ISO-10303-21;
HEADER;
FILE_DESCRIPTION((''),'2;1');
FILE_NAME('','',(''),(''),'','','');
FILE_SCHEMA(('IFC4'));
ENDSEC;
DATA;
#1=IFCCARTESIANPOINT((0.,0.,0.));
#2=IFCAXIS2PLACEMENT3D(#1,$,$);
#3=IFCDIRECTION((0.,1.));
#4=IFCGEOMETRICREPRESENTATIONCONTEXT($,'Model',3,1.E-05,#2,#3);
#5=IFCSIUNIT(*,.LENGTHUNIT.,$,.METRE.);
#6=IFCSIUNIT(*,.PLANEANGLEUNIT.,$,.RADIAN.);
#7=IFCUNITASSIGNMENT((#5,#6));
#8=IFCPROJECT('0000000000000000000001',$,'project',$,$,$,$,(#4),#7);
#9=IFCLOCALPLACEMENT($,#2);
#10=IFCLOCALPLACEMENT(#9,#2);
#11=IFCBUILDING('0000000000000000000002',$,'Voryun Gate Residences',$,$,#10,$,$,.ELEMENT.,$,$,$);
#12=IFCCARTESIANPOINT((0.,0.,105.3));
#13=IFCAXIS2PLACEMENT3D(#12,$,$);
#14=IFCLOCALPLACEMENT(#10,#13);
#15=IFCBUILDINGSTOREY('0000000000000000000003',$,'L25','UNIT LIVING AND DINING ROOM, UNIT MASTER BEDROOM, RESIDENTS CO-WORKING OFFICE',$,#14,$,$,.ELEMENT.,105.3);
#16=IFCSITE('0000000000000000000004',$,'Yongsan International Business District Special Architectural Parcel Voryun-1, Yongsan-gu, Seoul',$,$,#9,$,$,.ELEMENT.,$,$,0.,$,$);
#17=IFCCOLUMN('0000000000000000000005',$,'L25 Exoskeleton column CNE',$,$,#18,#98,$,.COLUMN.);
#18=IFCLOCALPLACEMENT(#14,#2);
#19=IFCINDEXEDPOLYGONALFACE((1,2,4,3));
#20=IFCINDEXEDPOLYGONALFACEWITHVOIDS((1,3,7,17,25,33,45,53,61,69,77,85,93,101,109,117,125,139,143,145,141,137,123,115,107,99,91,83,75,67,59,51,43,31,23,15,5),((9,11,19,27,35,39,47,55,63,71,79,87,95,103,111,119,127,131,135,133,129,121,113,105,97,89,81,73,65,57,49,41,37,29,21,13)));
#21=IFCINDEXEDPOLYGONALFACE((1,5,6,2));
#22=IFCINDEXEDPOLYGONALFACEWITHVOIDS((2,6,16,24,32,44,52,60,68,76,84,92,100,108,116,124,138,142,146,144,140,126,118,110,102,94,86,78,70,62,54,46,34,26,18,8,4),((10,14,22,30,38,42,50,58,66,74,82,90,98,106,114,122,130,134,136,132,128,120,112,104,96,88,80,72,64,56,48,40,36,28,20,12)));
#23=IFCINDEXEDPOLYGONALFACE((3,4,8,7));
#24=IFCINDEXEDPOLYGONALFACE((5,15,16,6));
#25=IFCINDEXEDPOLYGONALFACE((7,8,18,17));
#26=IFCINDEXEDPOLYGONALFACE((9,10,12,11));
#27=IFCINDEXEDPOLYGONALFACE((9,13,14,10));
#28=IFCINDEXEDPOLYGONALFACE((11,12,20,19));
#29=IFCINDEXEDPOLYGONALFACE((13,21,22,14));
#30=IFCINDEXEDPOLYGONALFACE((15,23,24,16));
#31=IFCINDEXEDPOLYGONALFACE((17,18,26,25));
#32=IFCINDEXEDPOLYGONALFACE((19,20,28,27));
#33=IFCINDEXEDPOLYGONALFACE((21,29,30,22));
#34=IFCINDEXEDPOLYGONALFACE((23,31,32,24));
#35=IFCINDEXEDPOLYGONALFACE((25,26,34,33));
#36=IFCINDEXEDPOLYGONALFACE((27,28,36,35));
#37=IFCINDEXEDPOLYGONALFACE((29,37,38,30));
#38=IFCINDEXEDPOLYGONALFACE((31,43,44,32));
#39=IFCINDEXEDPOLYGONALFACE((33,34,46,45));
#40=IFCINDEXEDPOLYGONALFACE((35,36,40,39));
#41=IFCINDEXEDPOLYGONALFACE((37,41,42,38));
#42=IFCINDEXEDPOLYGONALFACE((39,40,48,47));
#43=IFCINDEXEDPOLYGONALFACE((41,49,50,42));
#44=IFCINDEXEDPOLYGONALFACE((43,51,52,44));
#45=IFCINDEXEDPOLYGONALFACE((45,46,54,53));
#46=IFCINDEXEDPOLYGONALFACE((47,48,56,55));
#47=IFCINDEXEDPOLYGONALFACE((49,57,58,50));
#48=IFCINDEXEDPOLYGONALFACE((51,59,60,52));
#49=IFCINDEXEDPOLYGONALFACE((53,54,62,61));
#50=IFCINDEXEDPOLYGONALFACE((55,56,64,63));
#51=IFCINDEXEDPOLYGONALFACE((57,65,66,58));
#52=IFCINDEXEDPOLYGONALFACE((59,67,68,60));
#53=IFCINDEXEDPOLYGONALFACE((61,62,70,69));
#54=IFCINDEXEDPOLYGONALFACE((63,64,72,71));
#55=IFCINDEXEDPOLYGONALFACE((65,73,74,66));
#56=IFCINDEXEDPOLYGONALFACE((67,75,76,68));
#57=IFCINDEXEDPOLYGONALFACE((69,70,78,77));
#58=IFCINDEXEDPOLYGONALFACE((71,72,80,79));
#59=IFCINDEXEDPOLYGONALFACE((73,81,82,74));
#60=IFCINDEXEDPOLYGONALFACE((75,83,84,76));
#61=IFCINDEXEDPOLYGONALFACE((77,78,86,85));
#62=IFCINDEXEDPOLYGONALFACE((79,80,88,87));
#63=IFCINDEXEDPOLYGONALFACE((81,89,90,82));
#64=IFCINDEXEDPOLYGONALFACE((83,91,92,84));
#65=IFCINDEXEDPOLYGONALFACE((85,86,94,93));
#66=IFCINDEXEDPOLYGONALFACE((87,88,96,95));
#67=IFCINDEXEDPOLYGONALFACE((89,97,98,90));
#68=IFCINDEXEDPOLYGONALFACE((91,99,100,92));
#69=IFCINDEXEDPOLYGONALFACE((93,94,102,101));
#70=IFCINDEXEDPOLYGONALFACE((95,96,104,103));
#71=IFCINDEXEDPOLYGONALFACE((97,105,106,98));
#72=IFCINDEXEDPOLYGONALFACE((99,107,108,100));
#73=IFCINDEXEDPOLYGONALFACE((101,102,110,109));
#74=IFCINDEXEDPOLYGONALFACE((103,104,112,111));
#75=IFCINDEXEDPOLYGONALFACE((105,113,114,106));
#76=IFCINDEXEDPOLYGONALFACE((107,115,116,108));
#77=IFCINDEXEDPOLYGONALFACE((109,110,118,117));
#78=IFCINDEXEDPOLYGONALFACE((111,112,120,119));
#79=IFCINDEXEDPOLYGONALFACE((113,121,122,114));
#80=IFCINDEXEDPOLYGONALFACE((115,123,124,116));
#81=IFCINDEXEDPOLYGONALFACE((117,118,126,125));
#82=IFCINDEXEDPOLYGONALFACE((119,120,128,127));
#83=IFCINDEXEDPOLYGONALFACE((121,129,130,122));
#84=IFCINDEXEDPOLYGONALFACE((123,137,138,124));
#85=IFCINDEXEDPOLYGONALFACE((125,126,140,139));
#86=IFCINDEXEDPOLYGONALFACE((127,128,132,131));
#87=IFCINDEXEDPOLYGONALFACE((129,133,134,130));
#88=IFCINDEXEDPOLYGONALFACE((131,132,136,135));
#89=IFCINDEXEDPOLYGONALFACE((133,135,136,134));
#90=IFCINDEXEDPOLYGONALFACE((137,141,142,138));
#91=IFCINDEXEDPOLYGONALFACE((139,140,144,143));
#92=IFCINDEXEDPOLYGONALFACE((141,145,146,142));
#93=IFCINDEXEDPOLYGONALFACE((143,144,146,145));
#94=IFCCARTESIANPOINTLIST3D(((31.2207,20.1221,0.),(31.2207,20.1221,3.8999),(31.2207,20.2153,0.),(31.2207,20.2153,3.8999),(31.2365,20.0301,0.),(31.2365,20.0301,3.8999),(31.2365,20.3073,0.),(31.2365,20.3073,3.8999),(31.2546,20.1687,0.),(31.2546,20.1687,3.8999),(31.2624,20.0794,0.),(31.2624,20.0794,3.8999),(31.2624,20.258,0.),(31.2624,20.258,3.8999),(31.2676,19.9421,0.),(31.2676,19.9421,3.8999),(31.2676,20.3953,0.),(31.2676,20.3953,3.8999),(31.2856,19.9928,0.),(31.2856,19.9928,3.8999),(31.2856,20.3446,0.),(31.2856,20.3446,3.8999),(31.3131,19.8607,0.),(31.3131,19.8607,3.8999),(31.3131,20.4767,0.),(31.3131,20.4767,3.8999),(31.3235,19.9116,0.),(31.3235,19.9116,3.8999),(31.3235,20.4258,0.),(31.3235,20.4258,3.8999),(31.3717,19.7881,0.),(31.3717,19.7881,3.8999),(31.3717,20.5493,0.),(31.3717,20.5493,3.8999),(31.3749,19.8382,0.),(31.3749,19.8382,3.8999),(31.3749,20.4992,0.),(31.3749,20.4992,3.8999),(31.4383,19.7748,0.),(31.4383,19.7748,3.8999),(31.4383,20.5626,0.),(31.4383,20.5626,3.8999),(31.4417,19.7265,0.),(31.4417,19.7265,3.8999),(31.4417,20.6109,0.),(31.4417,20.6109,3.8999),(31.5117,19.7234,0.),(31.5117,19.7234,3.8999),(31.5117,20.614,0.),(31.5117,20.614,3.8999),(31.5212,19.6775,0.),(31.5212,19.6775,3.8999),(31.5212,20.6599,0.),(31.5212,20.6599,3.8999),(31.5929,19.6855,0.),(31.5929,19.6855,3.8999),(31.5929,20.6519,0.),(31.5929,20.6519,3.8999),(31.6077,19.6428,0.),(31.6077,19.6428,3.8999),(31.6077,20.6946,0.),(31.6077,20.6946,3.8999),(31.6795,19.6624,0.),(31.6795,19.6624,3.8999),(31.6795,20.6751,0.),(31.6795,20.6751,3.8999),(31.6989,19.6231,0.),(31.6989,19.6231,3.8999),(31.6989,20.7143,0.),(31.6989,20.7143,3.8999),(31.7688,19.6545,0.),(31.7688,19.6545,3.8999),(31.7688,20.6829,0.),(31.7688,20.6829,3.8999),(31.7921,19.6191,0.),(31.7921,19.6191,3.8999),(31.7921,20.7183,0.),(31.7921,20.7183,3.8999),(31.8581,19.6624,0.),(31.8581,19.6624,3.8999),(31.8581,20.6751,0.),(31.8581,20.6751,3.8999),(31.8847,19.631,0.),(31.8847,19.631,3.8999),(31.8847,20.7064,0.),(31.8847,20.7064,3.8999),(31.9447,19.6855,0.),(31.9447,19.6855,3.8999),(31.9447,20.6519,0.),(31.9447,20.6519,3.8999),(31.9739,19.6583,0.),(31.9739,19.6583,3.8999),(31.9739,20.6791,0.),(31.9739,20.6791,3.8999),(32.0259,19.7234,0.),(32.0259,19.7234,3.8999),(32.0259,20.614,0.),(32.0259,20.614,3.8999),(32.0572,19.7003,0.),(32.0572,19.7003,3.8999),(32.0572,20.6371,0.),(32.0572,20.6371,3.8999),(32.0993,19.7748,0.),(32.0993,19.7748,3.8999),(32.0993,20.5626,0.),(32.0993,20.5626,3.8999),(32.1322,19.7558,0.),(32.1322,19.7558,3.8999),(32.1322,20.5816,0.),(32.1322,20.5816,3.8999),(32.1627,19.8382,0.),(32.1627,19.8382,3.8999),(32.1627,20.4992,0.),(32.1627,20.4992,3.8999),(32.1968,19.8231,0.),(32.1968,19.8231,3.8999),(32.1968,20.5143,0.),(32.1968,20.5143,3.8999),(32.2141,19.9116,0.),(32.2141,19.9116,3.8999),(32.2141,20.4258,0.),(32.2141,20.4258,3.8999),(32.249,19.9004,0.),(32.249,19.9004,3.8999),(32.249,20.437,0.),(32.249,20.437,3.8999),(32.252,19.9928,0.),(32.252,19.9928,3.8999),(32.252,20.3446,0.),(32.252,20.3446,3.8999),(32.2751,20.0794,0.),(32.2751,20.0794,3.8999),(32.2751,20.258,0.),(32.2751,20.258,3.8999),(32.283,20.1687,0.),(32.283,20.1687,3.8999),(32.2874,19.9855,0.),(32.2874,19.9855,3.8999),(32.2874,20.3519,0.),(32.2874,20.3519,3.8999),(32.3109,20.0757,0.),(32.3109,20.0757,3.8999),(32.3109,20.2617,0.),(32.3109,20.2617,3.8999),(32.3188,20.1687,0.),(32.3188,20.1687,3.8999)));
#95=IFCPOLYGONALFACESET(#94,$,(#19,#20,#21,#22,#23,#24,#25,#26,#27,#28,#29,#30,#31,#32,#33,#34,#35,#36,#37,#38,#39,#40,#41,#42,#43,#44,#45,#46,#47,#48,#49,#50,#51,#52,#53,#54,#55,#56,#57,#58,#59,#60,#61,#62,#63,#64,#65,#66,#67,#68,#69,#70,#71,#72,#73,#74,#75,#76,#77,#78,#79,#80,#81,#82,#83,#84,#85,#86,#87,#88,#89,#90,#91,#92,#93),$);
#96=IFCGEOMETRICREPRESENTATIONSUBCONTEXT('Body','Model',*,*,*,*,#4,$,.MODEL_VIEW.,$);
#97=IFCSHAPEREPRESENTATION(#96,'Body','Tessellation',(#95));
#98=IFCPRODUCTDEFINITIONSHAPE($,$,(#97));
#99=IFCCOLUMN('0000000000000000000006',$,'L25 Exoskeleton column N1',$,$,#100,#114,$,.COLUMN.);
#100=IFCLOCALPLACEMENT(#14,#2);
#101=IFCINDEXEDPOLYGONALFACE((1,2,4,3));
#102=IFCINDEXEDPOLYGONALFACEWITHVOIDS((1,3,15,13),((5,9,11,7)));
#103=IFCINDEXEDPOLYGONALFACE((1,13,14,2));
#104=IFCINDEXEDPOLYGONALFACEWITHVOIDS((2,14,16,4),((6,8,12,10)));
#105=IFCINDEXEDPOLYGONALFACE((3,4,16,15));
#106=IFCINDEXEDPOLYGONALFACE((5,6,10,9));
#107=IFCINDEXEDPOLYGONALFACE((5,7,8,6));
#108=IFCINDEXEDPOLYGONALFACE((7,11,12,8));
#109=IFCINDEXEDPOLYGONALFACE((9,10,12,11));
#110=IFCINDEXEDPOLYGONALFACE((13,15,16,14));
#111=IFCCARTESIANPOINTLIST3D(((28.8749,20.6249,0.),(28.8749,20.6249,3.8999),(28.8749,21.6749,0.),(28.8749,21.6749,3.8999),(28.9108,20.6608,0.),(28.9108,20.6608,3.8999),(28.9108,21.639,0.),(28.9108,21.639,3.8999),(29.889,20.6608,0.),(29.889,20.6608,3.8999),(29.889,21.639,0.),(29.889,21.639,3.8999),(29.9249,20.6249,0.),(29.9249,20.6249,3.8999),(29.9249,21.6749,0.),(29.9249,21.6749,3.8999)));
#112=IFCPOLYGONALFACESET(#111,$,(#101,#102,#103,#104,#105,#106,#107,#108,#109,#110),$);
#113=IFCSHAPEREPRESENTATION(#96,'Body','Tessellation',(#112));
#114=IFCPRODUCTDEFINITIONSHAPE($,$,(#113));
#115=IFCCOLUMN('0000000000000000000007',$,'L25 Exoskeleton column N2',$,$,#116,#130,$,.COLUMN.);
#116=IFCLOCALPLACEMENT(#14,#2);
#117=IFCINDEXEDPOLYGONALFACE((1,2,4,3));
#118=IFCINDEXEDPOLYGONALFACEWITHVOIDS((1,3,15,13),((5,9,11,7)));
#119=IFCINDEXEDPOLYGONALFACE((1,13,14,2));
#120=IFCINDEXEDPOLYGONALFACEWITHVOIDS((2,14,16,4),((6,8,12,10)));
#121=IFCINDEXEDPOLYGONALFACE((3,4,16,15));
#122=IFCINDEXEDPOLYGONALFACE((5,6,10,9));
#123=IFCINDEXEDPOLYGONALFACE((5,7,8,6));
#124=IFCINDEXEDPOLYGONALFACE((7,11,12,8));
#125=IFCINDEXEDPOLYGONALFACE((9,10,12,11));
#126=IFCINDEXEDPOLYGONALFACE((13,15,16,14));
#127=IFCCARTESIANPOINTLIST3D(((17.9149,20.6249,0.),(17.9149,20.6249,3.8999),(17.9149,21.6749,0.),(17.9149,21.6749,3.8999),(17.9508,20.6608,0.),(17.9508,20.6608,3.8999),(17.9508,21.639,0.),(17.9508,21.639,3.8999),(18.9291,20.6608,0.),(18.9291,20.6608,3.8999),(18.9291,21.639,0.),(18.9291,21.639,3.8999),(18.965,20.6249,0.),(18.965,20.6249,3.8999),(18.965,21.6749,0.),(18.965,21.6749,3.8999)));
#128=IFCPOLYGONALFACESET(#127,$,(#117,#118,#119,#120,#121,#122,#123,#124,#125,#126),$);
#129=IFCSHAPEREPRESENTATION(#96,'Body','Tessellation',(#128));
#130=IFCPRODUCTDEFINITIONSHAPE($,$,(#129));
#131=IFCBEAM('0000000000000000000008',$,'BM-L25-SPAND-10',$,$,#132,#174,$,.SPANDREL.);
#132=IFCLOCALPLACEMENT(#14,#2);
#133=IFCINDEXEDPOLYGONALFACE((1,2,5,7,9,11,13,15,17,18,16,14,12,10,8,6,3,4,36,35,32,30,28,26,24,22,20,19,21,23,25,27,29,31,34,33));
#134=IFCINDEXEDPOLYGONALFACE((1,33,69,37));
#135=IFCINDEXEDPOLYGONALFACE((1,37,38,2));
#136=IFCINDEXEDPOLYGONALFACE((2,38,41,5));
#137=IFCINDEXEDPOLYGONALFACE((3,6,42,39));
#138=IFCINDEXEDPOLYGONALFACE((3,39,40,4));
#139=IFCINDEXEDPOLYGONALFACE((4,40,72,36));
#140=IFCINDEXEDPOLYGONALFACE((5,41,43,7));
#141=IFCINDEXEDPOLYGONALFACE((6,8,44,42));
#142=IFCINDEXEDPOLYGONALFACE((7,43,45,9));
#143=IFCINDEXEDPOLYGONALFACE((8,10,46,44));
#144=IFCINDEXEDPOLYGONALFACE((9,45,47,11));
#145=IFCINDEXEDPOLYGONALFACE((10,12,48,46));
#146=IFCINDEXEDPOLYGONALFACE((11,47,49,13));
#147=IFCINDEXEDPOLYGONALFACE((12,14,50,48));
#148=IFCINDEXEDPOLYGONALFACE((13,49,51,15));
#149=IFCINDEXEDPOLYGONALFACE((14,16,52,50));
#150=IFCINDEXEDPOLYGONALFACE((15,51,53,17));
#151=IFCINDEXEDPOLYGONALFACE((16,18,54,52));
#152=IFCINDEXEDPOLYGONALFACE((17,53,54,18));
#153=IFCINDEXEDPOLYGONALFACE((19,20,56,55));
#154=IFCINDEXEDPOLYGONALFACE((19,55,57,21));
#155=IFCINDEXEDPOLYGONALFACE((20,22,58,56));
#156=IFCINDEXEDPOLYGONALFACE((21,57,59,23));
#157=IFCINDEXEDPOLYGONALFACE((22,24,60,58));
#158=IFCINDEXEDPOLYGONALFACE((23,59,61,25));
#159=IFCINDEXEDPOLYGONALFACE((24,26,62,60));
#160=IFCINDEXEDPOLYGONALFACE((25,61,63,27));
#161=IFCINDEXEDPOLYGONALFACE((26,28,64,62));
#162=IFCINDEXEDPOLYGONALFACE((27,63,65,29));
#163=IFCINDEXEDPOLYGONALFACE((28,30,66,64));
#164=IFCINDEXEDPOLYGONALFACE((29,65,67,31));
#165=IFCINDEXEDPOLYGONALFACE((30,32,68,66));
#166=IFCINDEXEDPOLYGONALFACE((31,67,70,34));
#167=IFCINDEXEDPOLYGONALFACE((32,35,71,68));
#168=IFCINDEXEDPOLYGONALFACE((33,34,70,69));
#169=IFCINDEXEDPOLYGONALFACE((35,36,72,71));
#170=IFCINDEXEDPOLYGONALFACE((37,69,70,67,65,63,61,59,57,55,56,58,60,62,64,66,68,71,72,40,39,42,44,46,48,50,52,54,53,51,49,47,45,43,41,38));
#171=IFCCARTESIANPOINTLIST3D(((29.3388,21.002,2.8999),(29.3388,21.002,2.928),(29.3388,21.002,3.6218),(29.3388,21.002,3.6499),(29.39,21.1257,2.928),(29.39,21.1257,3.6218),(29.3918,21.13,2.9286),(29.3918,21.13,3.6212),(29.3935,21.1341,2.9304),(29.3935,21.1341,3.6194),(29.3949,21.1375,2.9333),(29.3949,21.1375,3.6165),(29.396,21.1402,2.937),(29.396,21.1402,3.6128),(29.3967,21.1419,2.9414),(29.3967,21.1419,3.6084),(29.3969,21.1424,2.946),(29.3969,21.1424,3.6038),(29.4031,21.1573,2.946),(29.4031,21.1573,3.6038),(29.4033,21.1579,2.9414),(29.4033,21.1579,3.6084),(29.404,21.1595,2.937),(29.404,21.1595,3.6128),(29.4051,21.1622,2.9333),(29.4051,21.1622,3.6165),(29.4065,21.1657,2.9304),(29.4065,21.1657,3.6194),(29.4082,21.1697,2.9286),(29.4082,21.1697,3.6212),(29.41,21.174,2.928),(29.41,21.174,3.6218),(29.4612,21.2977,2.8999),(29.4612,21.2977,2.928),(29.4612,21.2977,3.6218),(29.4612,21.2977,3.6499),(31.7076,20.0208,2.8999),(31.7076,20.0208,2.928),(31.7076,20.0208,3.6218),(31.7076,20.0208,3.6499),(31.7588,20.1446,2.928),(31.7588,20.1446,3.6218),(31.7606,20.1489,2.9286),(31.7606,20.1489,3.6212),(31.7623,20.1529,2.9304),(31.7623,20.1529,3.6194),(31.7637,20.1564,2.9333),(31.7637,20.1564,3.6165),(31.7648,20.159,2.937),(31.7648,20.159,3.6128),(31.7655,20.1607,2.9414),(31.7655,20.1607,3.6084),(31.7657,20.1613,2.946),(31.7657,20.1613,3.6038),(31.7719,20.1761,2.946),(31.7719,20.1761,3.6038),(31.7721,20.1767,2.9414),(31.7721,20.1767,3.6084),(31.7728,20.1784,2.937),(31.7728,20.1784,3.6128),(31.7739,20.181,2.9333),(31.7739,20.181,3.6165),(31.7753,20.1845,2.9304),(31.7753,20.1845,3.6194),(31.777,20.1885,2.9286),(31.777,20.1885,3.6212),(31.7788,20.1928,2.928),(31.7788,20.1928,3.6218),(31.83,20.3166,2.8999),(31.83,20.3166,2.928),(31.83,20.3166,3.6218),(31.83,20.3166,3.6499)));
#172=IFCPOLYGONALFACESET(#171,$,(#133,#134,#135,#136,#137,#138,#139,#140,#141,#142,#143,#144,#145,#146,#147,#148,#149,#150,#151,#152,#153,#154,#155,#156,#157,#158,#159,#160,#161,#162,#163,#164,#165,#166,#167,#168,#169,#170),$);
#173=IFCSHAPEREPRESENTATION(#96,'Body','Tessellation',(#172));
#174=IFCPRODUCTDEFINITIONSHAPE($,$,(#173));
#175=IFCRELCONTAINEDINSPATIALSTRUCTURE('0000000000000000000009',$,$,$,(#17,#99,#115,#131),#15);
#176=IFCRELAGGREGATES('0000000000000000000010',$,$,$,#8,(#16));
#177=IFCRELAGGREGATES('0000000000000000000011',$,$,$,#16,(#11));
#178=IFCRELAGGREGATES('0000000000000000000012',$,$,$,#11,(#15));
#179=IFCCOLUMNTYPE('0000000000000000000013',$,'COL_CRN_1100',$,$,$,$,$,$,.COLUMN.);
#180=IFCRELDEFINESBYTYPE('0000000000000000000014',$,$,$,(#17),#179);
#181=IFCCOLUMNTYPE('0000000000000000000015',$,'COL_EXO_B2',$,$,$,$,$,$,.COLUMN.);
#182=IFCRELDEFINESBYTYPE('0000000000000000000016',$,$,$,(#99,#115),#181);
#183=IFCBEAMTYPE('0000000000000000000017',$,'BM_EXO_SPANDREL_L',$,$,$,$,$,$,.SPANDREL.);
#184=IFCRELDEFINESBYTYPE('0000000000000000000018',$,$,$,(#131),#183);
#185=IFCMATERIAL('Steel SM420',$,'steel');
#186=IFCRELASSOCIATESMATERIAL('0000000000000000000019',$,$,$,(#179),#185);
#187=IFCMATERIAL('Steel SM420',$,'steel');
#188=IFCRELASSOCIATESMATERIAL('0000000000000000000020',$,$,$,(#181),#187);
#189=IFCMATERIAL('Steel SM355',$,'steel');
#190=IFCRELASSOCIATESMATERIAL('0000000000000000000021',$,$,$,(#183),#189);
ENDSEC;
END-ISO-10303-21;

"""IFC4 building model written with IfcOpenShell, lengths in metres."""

from ifc_helpers import new_model, si_unit, direction, frame, origin, origin_2d, place, context, subcontext, project, spatial, hollow_rectangle, hollow_circle, i_section, extrude, material, material_profile, profile_set, type_object, element, save


model = new_model("IFC4")

# Units and contexts
model_context = context("Model", 3, precision=1e-05, world=origin(), true_north=direction((0.0, 1.0)))
body_context = subcontext(model_context, "Body", "Model", "MODEL_VIEW")
ifc_project = project(units=[si_unit("LENGTHUNIT", "METRE"), si_unit("PLANEANGLEUNIT", "RADIAN")], contexts=[model_context])

# Site, building, storey
site_placement = place(None, origin())
site = spatial("IfcSite", under=ifc_project, at=site_placement, Name="Yongsan International Business District Special Architectural Parcel Voryun-1, Yongsan-gu, Seoul", CompositionType="ELEMENT", RefElevation=0.0)
building_placement = place(site_placement, origin())
building = spatial("IfcBuilding", under=site, at=building_placement, Name="Voryun Gate Residences", CompositionType="ELEMENT")
storey_placement = place(building_placement, frame((0.0, 0.0, 105.3)))
storey = spatial("IfcBuildingStorey", under=building, at=storey_placement, Name="L25", Description="UNIT LIVING AND DINING ROOM, UNIT MASTER BEDROOM, RESIDENTS CO-WORKING OFFICE", CompositionType="ELEMENT", Elevation=105.3)

# Columns
ifc_material_1 = material(Name="Steel SM420", Category="steel")
ifc_material_profile_1 = material_profile(ifc_material_1, hollow_circle(Radius=0.55, WallThickness=0.0359, at=origin_2d()), Name="CHS-1100x36")
ifc_profile_set_1 = profile_set([ifc_material_profile_1], Name="Steel SM420")
column_type_1 = type_object("IfcColumnType", Name="COL_CRN_1100", PredefinedType="COLUMN", material=ifc_profile_set_1)
column_placement = place(storey_placement, frame((31.7688, 20.1687, 0.0), z_axis=(0.0, 0.0, 1.0), x_axis=(1.0, 0.0, 0.0)))
element("IfcColumn", 1, at=column_placement, inside=storey, type_object=column_type_1, Name="L25 Exoskeleton column CNE", PredefinedType="COLUMN", context=body_context, shape_type="SweptSolid", body=[
    extrude(hollow_circle(Radius=0.55, WallThickness=0.0359, at=origin_2d()), origin(), (0.0, 0.0, 1.0), 3.8999),
])
ifc_material_2 = material(Name="Steel SM420", Category="steel")
ifc_material_profile_2 = material_profile(ifc_material_2, hollow_rectangle(XDim=1.05, YDim=1.05, WallThickness=0.0359, at=origin_2d()), Name="BOX-1050x1050x36")
ifc_profile_set_2 = profile_set([ifc_material_profile_2], Name="Steel SM420")
column_type_2 = type_object("IfcColumnType", Name="COL_EXO_B2", PredefinedType="COLUMN", material=ifc_profile_set_2)
for number, where, z_axis, x_axis, name in (
    (2, (29.3999, 21.1499, 0.0), (0.0, 0.0, 1.0), (1.0, 0.0, 0.0), "L25 Exoskeleton column N1"),
    (3, (18.4399, 21.1499, 0.0), (0.0, 0.0, 1.0), (1.0, 0.0, 0.0), "L25 Exoskeleton column N2"),
):
    element("IfcColumn", number, at=place(storey_placement, frame(where, z_axis=z_axis, x_axis=x_axis)), inside=storey, type_object=column_type_2, Name=name, PredefinedType="COLUMN", context=body_context, shape_type="SweptSolid", body=[
        extrude(hollow_rectangle(XDim=1.05, YDim=1.05, WallThickness=0.0359, at=origin_2d()), origin(), (0.0, 0.0, 1.0), 3.8999),
    ])

# Beam
ifc_material_3 = material(Name="Steel SM355", Category="steel")
ifc_material_profile_3 = material_profile(ifc_material_3, i_section(OverallWidth=0.3201, OverallDepth=0.75, WebThickness=0.0161, FlangeThickness=0.0281, FilletRadius=0.0181, at=origin_2d()), Name="H-750x320x16x28")
ifc_profile_set_3 = profile_set([ifc_material_profile_3], Name="Steel SM355")
beam_type = type_object("IfcBeamType", Name="BM_EXO_SPANDREL_L", PredefinedType="SPANDREL", material=ifc_profile_set_3)
beam_placement = place(storey_placement, frame((31.7688, 20.1687, 3.2749), z_axis=(-0.923883, 0.382674, 0.0), x_axis=(-0.382674, -0.923883, 0.0)))
element("IfcBeam", 4, at=beam_placement, inside=storey, type_object=beam_type, Name="BM-L25-SPAND-10", PredefinedType="SPANDREL", context=body_context, shape_type="SweptSolid", body=[
    extrude(i_section(OverallWidth=0.3201, OverallDepth=0.75, WebThickness=0.0161, FlangeThickness=0.0281, FilletRadius=0.0181, at=origin_2d()), origin(), (0.0, 0.0, 1.0), 2.564),
])

save(model, "model.ifc")
